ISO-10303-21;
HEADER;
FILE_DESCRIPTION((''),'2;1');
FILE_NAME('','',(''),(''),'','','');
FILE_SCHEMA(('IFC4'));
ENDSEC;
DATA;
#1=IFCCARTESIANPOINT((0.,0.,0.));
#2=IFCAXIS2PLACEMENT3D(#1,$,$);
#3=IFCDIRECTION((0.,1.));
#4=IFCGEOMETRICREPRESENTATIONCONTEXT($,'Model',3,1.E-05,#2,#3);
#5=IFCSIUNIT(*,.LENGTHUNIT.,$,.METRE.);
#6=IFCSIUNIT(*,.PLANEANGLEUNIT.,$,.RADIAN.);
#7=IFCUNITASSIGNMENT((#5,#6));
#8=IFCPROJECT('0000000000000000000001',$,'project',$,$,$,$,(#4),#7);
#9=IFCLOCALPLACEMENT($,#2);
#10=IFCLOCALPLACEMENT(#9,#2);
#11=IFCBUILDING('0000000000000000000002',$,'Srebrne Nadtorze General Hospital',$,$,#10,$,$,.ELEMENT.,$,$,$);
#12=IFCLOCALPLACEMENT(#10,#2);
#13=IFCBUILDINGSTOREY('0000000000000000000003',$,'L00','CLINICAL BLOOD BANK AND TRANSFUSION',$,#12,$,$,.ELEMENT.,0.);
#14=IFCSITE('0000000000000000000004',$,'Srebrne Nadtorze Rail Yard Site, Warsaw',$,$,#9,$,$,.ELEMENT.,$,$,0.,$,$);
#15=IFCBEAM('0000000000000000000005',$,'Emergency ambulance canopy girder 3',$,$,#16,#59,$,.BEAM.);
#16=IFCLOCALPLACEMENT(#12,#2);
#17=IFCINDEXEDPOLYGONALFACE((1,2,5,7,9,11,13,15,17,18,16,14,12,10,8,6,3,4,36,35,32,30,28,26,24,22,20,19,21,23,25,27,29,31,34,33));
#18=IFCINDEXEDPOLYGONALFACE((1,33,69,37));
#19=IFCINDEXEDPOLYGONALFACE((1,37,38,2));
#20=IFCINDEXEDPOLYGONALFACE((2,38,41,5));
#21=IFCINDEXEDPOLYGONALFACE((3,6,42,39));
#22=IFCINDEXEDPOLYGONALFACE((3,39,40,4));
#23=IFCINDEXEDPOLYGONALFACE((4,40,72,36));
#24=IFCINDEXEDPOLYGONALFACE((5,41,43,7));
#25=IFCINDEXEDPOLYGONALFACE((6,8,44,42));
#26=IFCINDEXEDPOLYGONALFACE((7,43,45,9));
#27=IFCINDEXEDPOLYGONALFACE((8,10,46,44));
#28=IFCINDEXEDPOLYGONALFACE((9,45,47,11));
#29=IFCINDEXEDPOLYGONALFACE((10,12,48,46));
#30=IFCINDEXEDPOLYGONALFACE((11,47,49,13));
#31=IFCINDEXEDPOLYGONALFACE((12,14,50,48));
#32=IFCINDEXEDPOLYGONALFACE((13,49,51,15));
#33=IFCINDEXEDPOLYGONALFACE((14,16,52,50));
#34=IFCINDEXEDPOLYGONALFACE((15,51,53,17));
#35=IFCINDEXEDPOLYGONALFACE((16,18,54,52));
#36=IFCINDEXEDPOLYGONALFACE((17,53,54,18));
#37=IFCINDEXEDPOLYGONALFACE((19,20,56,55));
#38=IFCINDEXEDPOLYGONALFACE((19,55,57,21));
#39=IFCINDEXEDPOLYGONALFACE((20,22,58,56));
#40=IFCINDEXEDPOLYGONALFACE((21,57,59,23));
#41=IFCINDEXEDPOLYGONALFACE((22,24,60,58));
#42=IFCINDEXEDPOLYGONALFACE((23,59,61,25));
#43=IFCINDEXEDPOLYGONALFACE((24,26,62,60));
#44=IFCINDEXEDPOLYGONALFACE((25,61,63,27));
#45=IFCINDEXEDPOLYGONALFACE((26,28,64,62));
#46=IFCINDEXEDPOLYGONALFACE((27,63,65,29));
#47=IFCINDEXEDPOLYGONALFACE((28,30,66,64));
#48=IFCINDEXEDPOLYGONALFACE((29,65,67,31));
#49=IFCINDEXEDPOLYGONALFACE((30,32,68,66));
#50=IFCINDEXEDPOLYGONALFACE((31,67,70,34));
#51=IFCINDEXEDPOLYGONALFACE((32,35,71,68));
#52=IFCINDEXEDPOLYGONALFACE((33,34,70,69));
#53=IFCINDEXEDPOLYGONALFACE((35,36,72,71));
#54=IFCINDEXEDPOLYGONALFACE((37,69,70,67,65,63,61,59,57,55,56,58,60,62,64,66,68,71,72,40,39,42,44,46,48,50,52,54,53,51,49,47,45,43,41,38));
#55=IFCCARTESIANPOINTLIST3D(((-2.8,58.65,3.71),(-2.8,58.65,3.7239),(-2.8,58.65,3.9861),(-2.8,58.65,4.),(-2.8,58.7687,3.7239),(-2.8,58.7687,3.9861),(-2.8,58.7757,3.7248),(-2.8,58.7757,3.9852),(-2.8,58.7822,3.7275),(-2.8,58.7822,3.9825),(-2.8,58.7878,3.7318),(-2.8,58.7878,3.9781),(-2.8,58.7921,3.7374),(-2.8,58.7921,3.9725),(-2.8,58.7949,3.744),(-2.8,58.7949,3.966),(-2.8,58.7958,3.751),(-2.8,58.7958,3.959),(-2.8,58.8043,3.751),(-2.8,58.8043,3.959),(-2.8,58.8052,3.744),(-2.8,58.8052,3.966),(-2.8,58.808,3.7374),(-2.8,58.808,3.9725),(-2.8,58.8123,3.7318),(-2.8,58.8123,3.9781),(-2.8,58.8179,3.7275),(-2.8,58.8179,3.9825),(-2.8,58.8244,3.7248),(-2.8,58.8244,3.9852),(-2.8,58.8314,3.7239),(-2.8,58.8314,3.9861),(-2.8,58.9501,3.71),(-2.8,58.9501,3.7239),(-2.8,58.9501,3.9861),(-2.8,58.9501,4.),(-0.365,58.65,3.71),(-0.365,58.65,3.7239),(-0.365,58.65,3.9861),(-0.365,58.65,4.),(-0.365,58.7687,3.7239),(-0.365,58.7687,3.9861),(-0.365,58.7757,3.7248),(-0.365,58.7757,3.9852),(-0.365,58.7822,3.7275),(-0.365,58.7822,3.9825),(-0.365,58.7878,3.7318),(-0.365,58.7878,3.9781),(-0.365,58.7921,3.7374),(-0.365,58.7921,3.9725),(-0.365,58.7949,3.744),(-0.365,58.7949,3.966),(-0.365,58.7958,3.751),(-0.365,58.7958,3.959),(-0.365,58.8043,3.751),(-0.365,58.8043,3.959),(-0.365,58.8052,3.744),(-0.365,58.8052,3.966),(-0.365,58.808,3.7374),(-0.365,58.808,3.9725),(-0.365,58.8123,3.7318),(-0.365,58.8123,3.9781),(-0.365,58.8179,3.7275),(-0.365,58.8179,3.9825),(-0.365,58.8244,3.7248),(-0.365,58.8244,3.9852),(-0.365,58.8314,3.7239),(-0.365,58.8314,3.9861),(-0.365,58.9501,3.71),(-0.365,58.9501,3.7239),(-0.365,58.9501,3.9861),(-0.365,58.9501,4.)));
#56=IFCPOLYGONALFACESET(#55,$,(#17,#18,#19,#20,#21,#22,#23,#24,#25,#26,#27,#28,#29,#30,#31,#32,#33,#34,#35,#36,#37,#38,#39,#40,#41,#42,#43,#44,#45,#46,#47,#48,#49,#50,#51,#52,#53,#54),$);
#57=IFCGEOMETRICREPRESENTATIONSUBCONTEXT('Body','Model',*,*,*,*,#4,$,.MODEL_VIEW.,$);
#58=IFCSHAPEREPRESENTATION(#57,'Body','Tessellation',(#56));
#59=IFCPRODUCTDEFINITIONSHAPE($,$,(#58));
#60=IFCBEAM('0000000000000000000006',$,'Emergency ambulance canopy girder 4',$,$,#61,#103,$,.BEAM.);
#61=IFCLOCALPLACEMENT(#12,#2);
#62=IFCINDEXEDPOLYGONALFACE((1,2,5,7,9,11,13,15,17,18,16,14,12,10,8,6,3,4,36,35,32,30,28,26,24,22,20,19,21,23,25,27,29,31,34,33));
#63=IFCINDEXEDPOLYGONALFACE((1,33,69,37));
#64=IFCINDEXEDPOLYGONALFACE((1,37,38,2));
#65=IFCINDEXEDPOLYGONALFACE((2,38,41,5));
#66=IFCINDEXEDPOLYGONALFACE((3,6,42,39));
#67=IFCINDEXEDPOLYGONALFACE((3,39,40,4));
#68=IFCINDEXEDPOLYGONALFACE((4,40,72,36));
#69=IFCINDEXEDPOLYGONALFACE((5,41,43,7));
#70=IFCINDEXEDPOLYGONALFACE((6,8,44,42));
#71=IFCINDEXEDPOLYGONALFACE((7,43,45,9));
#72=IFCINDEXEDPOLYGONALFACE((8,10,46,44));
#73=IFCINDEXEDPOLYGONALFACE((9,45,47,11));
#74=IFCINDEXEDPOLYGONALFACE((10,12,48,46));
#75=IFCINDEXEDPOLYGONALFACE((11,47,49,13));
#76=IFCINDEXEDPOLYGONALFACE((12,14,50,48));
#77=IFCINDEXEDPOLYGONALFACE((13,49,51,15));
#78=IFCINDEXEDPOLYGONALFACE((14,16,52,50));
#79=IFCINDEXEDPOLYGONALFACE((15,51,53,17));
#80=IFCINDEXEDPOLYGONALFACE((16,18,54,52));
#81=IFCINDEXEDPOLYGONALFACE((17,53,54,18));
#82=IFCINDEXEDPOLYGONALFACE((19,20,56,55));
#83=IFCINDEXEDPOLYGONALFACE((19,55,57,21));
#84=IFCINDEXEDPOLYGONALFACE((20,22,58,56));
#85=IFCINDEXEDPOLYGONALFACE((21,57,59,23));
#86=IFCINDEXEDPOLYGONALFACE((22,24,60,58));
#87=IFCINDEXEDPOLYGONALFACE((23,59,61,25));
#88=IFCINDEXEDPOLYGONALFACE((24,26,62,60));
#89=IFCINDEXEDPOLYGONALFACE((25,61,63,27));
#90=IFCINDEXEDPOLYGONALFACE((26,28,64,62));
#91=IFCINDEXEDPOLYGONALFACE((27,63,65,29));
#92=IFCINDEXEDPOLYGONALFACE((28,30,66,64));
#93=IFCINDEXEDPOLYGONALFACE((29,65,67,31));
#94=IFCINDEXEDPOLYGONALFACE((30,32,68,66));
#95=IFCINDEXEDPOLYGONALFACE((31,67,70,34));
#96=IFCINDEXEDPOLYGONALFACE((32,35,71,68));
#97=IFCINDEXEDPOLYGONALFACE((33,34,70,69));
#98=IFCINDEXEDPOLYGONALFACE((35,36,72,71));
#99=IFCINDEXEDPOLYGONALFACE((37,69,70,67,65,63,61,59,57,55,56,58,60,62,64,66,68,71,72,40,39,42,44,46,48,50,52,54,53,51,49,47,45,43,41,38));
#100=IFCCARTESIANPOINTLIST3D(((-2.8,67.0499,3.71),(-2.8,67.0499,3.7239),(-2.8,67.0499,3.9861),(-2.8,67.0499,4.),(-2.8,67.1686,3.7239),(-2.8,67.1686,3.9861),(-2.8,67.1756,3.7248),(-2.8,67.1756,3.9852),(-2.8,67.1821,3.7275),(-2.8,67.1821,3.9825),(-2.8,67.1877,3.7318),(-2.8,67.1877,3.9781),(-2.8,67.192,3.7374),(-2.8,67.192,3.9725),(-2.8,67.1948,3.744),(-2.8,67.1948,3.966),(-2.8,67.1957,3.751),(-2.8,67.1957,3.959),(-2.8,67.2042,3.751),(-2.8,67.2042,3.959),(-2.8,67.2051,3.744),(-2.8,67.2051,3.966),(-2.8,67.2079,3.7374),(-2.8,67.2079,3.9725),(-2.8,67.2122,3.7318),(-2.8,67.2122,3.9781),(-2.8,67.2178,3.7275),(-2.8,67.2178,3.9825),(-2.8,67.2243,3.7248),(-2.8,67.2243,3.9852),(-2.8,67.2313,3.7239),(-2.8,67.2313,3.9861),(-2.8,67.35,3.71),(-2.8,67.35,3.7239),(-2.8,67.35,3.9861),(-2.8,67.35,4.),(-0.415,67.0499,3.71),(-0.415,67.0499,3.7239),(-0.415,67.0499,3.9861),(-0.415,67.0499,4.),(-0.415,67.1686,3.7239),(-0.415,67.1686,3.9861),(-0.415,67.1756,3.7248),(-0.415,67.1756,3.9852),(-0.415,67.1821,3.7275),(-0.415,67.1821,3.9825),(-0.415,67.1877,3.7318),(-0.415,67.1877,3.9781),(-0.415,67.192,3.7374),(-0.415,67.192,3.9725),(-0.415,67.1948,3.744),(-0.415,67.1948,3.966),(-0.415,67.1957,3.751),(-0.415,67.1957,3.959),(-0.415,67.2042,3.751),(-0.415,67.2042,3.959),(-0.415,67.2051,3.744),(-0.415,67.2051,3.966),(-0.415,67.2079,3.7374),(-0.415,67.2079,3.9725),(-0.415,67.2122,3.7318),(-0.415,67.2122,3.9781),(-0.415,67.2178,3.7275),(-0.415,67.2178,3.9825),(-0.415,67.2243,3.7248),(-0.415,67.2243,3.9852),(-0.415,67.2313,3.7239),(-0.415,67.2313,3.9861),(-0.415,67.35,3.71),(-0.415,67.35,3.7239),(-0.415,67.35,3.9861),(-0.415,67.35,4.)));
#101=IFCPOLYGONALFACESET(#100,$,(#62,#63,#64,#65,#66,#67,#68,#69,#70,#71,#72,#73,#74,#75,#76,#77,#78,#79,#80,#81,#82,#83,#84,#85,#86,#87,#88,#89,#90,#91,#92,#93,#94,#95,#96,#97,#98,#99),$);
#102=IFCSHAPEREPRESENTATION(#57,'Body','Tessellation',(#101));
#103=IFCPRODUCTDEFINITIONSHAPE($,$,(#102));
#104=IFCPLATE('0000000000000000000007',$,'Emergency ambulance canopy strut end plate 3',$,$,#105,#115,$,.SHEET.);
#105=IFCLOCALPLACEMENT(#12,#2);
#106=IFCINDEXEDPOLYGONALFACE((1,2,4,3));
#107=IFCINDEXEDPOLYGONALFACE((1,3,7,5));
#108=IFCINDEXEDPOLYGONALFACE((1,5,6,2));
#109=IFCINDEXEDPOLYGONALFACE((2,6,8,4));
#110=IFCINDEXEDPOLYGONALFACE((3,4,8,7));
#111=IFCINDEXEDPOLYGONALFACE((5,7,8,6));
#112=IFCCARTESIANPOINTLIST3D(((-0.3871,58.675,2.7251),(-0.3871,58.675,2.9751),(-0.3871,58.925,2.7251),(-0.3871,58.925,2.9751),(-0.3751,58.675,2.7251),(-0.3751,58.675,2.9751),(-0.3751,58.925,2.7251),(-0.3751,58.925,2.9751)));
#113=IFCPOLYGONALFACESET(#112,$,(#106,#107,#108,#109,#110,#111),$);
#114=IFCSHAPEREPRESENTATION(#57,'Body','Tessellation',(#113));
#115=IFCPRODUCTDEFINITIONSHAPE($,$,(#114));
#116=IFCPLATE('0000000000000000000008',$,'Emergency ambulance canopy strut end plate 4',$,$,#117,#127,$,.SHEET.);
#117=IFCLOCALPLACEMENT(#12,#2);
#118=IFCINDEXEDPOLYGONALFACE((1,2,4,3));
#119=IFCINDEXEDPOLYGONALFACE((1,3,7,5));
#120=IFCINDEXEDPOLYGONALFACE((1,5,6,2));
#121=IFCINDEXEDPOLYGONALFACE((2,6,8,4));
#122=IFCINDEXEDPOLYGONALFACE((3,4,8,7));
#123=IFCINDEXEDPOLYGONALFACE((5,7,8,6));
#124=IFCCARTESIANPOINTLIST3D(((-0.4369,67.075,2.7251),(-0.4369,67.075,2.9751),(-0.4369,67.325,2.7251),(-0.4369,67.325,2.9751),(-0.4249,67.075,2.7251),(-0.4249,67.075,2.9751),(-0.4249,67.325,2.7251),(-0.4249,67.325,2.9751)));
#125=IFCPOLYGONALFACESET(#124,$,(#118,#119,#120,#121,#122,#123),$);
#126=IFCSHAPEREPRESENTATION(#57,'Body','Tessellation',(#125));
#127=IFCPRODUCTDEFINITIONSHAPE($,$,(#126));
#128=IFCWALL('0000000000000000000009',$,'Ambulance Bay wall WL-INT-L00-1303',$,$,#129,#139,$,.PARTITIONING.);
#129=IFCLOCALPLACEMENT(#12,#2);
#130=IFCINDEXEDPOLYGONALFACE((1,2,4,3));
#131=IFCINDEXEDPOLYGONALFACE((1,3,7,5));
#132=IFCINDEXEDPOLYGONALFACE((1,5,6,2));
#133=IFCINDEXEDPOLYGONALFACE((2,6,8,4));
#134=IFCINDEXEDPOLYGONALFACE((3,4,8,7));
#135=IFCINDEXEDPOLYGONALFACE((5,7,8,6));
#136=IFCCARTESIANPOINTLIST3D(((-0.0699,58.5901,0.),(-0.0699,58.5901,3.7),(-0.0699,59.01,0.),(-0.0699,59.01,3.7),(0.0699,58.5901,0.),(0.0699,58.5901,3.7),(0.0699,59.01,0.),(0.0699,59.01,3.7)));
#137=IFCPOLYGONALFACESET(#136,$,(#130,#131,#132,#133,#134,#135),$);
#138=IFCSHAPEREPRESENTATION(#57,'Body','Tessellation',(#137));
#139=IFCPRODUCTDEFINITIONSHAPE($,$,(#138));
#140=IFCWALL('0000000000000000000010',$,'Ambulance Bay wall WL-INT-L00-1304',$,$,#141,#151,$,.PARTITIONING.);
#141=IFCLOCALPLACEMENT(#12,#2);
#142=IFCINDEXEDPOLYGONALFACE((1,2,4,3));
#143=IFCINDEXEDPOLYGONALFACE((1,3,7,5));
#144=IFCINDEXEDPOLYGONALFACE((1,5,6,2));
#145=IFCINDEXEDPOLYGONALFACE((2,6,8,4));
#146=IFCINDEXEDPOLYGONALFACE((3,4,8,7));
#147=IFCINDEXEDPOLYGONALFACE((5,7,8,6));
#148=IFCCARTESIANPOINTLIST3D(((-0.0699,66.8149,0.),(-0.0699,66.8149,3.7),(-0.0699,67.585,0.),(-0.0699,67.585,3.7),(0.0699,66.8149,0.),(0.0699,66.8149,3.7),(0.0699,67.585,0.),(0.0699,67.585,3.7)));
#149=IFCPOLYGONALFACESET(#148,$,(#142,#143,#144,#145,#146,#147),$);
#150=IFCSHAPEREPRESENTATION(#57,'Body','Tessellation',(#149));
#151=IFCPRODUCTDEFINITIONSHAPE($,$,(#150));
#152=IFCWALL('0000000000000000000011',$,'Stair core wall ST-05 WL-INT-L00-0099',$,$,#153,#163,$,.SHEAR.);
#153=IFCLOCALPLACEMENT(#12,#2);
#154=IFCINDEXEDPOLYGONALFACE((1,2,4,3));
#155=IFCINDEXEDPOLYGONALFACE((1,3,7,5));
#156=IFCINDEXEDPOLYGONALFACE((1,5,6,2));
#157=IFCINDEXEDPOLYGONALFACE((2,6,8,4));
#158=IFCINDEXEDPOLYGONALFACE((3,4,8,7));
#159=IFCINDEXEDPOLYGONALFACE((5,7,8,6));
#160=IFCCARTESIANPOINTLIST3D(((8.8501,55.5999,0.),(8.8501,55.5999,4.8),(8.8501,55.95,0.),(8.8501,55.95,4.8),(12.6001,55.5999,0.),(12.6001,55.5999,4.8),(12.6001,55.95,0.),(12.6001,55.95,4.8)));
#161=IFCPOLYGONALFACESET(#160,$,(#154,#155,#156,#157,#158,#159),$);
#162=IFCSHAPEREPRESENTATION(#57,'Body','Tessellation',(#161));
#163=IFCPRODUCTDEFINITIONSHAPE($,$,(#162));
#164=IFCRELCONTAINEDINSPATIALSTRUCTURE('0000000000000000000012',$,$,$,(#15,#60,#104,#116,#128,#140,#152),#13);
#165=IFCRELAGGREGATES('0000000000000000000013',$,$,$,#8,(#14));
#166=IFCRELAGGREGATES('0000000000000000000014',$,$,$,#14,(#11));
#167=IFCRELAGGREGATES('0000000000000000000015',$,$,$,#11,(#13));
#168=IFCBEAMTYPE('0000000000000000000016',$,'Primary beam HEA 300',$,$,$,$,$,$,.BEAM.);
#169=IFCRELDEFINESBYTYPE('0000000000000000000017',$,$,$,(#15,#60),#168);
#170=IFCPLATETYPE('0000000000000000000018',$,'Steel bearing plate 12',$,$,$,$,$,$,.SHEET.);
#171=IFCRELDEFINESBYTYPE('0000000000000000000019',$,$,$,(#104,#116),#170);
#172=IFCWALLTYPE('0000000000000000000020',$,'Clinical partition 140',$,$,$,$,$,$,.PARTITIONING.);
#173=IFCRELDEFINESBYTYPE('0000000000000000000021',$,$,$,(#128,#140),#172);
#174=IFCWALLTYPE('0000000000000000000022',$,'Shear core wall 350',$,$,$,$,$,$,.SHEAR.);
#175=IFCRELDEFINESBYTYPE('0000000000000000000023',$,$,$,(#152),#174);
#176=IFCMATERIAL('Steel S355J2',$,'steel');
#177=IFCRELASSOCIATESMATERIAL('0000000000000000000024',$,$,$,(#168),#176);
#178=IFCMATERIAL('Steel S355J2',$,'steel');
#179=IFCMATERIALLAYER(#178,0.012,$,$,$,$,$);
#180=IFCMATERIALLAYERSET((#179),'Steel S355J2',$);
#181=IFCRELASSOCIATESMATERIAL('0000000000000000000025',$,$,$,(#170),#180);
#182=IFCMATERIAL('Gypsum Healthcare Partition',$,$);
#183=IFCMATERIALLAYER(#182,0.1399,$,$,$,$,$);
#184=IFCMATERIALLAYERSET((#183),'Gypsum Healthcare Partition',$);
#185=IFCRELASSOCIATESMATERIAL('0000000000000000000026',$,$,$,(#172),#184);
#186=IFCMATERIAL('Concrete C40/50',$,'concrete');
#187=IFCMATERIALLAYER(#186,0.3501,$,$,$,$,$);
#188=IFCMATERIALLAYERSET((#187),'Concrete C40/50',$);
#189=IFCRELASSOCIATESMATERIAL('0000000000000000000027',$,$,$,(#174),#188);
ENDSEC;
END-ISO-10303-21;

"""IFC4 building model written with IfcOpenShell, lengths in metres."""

from ifc_helpers import new_model, si_unit, direction, frame, frame_2d, origin, origin_2d, place, context, subcontext, project, spatial, rectangle, i_section, extrude, material, layer, layer_set, material_profile, profile_set, type_object, element, save


model = new_model("IFC4")

# Units and contexts
model_context = context("Model", 3, precision=1e-05, world=origin(), true_north=direction((0.0, 1.0)))
body_context = subcontext(model_context, "Body", "Model", "MODEL_VIEW")
ifc_project = project(units=[si_unit("LENGTHUNIT", "METRE"), si_unit("PLANEANGLEUNIT", "RADIAN")], contexts=[model_context])

# Site, building, storey
site_placement = place(None, origin())
site = spatial("IfcSite", under=ifc_project, at=site_placement, Name="Srebrne Nadtorze Rail Yard Site, Warsaw", CompositionType="ELEMENT", RefElevation=0.0)
building_placement = place(site_placement, origin())
building = spatial("IfcBuilding", under=site, at=building_placement, Name="Srebrne Nadtorze General Hospital", CompositionType="ELEMENT")
storey_placement = place(building_placement, origin())
storey = spatial("IfcBuildingStorey", under=building, at=storey_placement, Name="L00", Description="CLINICAL BLOOD BANK AND TRANSFUSION", CompositionType="ELEMENT", Elevation=0.0)

# Beams
ifc_material_1 = material(Name="Steel S355J2", Category="steel")
ifc_material_profile_1 = material_profile(ifc_material_1, i_section(OverallWidth=0.3, OverallDepth=0.29, WebThickness=0.0085, FlangeThickness=0.0139, FilletRadius=0.0271, at=origin_2d()), Name="HEA-300")
ifc_profile_set_1 = profile_set([ifc_material_profile_1], Name="Steel S355J2")
beam_type_1 = type_object("IfcBeamType", Name="Primary beam HEA 300", PredefinedType="BEAM", material=ifc_profile_set_1)
beam_1_placement = place(storey_placement, frame((-0.365, 58.8, 3.855), z_axis=(-1.0, 0.0, 0.0), x_axis=(0.0, -1.0, 0.0)))
element("IfcBeam", 1, at=beam_1_placement, inside=storey, type_object=beam_type_1, Name="Emergency ambulance canopy girder 3", PredefinedType="BEAM", context=body_context, shape_type="SweptSolid", body=[
    extrude(i_section(OverallWidth=0.3, OverallDepth=0.29, WebThickness=0.0085, FlangeThickness=0.0139, FilletRadius=0.0271, at=origin_2d()), origin(), (0.0, 0.0, 1.0), 2.4351),
])
beam_2_placement = place(storey_placement, frame((-0.415, 67.2, 3.855), z_axis=(-1.0, 0.0, 0.0), x_axis=(0.0, -1.0, 0.0)))
element("IfcBeam", 2, at=beam_2_placement, inside=storey, type_object=beam_type_1, Name="Emergency ambulance canopy girder 4", PredefinedType="BEAM", context=body_context, shape_type="SweptSolid", body=[
    extrude(i_section(OverallWidth=0.3, OverallDepth=0.29, WebThickness=0.0085, FlangeThickness=0.0139, FilletRadius=0.0271, at=origin_2d()), origin(), (0.0, 0.0, 1.0), 2.385),
])

# Plates
ifc_material_2 = material(Name="Steel S355J2", Category="steel")
ifc_layer_1 = layer(ifc_material_2, 0.012)
ifc_layer_set_1 = layer_set([ifc_layer_1], Name="Steel S355J2")
plate_type = type_object("IfcPlateType", Name="Steel bearing plate 12", PredefinedType="SHEET", material=ifc_layer_set_1)
for number, where, z_axis, x_axis, name in (
    (3, (-0.3811, 58.8, 2.7251), (0.0, 0.0, 1.0), (1.0, 0.0, 0.0), "Emergency ambulance canopy strut end plate 3"),
    (4, (-0.4309, 67.2, 2.7251), (0.0, 0.0, 1.0), (1.0, 0.0, 0.0), "Emergency ambulance canopy strut end plate 4"),
):
    element("IfcPlate", number, at=place(storey_placement, frame(where, z_axis=z_axis, x_axis=x_axis)), inside=storey, type_object=plate_type, Name=name, PredefinedType="SHEET", context=body_context, shape_type="SweptSolid", body=[
        extrude(rectangle(XDim=0.012, YDim=0.25, at=origin_2d()), origin(), (0.0, 0.0, 1.0), 0.25),
    ])

# Walls
ifc_material_3 = material(Name="Gypsum Healthcare Partition")
ifc_layer_2 = layer(ifc_material_3, 0.1399)
ifc_layer_set_2 = layer_set([ifc_layer_2], Name="Gypsum Healthcare Partition")
wall_type_1 = type_object("IfcWallType", Name="Clinical partition 140", PredefinedType="PARTITIONING", material=ifc_layer_set_2)
wall_1_placement = place(storey_placement, frame((0.0, 58.5901, 0.0), z_axis=(0.0, 0.0, 1.0), x_axis=(0.0, 1.0, 0.0)))
element("IfcWall", 5, at=wall_1_placement, inside=storey, type_object=wall_type_1, Name="Ambulance Bay wall WL-INT-L00-1303", PredefinedType="PARTITIONING", context=body_context, shape_type="SweptSolid", body=[
    extrude(rectangle(XDim=0.4199, YDim=0.1399, at=frame_2d((0.21, 0.0))), origin(), (0.0, 0.0, 1.0), 3.7),
])
wall_2_placement = place(storey_placement, frame((0.0, 66.8149, 0.0), z_axis=(0.0, 0.0, 1.0), x_axis=(0.0, 1.0, 0.0)))
element("IfcWall", 6, at=wall_2_placement, inside=storey, type_object=wall_type_1, Name="Ambulance Bay wall WL-INT-L00-1304", PredefinedType="PARTITIONING", context=body_context, shape_type="SweptSolid", body=[
    extrude(rectangle(XDim=0.77, YDim=0.1399, at=frame_2d((0.385, 0.0))), origin(), (0.0, 0.0, 1.0), 3.7),
])
ifc_material_4 = material(Name="Concrete C40/50", Category="concrete")
ifc_layer_3 = layer(ifc_material_4, 0.3501)
ifc_layer_set_3 = layer_set([ifc_layer_3], Name="Concrete C40/50")
wall_type_2 = type_object("IfcWallType", Name="Shear core wall 350", PredefinedType="SHEAR", material=ifc_layer_set_3)
wall_3_placement = place(storey_placement, frame((8.8501, 55.7749, 0.0), z_axis=(0.0, 0.0, 1.0), x_axis=(1.0, 0.0, 0.0)))
element("IfcWall", 7, at=wall_3_placement, inside=storey, type_object=wall_type_2, Name="Stair core wall ST-05 WL-INT-L00-0099", PredefinedType="SHEAR", context=body_context, shape_type="SweptSolid", body=[
    extrude(rectangle(XDim=3.75, YDim=0.3501, at=frame_2d((1.875, 0.0))), origin(), (0.0, 0.0, 1.0), 4.8),
])

save(model, "model.ifc")
